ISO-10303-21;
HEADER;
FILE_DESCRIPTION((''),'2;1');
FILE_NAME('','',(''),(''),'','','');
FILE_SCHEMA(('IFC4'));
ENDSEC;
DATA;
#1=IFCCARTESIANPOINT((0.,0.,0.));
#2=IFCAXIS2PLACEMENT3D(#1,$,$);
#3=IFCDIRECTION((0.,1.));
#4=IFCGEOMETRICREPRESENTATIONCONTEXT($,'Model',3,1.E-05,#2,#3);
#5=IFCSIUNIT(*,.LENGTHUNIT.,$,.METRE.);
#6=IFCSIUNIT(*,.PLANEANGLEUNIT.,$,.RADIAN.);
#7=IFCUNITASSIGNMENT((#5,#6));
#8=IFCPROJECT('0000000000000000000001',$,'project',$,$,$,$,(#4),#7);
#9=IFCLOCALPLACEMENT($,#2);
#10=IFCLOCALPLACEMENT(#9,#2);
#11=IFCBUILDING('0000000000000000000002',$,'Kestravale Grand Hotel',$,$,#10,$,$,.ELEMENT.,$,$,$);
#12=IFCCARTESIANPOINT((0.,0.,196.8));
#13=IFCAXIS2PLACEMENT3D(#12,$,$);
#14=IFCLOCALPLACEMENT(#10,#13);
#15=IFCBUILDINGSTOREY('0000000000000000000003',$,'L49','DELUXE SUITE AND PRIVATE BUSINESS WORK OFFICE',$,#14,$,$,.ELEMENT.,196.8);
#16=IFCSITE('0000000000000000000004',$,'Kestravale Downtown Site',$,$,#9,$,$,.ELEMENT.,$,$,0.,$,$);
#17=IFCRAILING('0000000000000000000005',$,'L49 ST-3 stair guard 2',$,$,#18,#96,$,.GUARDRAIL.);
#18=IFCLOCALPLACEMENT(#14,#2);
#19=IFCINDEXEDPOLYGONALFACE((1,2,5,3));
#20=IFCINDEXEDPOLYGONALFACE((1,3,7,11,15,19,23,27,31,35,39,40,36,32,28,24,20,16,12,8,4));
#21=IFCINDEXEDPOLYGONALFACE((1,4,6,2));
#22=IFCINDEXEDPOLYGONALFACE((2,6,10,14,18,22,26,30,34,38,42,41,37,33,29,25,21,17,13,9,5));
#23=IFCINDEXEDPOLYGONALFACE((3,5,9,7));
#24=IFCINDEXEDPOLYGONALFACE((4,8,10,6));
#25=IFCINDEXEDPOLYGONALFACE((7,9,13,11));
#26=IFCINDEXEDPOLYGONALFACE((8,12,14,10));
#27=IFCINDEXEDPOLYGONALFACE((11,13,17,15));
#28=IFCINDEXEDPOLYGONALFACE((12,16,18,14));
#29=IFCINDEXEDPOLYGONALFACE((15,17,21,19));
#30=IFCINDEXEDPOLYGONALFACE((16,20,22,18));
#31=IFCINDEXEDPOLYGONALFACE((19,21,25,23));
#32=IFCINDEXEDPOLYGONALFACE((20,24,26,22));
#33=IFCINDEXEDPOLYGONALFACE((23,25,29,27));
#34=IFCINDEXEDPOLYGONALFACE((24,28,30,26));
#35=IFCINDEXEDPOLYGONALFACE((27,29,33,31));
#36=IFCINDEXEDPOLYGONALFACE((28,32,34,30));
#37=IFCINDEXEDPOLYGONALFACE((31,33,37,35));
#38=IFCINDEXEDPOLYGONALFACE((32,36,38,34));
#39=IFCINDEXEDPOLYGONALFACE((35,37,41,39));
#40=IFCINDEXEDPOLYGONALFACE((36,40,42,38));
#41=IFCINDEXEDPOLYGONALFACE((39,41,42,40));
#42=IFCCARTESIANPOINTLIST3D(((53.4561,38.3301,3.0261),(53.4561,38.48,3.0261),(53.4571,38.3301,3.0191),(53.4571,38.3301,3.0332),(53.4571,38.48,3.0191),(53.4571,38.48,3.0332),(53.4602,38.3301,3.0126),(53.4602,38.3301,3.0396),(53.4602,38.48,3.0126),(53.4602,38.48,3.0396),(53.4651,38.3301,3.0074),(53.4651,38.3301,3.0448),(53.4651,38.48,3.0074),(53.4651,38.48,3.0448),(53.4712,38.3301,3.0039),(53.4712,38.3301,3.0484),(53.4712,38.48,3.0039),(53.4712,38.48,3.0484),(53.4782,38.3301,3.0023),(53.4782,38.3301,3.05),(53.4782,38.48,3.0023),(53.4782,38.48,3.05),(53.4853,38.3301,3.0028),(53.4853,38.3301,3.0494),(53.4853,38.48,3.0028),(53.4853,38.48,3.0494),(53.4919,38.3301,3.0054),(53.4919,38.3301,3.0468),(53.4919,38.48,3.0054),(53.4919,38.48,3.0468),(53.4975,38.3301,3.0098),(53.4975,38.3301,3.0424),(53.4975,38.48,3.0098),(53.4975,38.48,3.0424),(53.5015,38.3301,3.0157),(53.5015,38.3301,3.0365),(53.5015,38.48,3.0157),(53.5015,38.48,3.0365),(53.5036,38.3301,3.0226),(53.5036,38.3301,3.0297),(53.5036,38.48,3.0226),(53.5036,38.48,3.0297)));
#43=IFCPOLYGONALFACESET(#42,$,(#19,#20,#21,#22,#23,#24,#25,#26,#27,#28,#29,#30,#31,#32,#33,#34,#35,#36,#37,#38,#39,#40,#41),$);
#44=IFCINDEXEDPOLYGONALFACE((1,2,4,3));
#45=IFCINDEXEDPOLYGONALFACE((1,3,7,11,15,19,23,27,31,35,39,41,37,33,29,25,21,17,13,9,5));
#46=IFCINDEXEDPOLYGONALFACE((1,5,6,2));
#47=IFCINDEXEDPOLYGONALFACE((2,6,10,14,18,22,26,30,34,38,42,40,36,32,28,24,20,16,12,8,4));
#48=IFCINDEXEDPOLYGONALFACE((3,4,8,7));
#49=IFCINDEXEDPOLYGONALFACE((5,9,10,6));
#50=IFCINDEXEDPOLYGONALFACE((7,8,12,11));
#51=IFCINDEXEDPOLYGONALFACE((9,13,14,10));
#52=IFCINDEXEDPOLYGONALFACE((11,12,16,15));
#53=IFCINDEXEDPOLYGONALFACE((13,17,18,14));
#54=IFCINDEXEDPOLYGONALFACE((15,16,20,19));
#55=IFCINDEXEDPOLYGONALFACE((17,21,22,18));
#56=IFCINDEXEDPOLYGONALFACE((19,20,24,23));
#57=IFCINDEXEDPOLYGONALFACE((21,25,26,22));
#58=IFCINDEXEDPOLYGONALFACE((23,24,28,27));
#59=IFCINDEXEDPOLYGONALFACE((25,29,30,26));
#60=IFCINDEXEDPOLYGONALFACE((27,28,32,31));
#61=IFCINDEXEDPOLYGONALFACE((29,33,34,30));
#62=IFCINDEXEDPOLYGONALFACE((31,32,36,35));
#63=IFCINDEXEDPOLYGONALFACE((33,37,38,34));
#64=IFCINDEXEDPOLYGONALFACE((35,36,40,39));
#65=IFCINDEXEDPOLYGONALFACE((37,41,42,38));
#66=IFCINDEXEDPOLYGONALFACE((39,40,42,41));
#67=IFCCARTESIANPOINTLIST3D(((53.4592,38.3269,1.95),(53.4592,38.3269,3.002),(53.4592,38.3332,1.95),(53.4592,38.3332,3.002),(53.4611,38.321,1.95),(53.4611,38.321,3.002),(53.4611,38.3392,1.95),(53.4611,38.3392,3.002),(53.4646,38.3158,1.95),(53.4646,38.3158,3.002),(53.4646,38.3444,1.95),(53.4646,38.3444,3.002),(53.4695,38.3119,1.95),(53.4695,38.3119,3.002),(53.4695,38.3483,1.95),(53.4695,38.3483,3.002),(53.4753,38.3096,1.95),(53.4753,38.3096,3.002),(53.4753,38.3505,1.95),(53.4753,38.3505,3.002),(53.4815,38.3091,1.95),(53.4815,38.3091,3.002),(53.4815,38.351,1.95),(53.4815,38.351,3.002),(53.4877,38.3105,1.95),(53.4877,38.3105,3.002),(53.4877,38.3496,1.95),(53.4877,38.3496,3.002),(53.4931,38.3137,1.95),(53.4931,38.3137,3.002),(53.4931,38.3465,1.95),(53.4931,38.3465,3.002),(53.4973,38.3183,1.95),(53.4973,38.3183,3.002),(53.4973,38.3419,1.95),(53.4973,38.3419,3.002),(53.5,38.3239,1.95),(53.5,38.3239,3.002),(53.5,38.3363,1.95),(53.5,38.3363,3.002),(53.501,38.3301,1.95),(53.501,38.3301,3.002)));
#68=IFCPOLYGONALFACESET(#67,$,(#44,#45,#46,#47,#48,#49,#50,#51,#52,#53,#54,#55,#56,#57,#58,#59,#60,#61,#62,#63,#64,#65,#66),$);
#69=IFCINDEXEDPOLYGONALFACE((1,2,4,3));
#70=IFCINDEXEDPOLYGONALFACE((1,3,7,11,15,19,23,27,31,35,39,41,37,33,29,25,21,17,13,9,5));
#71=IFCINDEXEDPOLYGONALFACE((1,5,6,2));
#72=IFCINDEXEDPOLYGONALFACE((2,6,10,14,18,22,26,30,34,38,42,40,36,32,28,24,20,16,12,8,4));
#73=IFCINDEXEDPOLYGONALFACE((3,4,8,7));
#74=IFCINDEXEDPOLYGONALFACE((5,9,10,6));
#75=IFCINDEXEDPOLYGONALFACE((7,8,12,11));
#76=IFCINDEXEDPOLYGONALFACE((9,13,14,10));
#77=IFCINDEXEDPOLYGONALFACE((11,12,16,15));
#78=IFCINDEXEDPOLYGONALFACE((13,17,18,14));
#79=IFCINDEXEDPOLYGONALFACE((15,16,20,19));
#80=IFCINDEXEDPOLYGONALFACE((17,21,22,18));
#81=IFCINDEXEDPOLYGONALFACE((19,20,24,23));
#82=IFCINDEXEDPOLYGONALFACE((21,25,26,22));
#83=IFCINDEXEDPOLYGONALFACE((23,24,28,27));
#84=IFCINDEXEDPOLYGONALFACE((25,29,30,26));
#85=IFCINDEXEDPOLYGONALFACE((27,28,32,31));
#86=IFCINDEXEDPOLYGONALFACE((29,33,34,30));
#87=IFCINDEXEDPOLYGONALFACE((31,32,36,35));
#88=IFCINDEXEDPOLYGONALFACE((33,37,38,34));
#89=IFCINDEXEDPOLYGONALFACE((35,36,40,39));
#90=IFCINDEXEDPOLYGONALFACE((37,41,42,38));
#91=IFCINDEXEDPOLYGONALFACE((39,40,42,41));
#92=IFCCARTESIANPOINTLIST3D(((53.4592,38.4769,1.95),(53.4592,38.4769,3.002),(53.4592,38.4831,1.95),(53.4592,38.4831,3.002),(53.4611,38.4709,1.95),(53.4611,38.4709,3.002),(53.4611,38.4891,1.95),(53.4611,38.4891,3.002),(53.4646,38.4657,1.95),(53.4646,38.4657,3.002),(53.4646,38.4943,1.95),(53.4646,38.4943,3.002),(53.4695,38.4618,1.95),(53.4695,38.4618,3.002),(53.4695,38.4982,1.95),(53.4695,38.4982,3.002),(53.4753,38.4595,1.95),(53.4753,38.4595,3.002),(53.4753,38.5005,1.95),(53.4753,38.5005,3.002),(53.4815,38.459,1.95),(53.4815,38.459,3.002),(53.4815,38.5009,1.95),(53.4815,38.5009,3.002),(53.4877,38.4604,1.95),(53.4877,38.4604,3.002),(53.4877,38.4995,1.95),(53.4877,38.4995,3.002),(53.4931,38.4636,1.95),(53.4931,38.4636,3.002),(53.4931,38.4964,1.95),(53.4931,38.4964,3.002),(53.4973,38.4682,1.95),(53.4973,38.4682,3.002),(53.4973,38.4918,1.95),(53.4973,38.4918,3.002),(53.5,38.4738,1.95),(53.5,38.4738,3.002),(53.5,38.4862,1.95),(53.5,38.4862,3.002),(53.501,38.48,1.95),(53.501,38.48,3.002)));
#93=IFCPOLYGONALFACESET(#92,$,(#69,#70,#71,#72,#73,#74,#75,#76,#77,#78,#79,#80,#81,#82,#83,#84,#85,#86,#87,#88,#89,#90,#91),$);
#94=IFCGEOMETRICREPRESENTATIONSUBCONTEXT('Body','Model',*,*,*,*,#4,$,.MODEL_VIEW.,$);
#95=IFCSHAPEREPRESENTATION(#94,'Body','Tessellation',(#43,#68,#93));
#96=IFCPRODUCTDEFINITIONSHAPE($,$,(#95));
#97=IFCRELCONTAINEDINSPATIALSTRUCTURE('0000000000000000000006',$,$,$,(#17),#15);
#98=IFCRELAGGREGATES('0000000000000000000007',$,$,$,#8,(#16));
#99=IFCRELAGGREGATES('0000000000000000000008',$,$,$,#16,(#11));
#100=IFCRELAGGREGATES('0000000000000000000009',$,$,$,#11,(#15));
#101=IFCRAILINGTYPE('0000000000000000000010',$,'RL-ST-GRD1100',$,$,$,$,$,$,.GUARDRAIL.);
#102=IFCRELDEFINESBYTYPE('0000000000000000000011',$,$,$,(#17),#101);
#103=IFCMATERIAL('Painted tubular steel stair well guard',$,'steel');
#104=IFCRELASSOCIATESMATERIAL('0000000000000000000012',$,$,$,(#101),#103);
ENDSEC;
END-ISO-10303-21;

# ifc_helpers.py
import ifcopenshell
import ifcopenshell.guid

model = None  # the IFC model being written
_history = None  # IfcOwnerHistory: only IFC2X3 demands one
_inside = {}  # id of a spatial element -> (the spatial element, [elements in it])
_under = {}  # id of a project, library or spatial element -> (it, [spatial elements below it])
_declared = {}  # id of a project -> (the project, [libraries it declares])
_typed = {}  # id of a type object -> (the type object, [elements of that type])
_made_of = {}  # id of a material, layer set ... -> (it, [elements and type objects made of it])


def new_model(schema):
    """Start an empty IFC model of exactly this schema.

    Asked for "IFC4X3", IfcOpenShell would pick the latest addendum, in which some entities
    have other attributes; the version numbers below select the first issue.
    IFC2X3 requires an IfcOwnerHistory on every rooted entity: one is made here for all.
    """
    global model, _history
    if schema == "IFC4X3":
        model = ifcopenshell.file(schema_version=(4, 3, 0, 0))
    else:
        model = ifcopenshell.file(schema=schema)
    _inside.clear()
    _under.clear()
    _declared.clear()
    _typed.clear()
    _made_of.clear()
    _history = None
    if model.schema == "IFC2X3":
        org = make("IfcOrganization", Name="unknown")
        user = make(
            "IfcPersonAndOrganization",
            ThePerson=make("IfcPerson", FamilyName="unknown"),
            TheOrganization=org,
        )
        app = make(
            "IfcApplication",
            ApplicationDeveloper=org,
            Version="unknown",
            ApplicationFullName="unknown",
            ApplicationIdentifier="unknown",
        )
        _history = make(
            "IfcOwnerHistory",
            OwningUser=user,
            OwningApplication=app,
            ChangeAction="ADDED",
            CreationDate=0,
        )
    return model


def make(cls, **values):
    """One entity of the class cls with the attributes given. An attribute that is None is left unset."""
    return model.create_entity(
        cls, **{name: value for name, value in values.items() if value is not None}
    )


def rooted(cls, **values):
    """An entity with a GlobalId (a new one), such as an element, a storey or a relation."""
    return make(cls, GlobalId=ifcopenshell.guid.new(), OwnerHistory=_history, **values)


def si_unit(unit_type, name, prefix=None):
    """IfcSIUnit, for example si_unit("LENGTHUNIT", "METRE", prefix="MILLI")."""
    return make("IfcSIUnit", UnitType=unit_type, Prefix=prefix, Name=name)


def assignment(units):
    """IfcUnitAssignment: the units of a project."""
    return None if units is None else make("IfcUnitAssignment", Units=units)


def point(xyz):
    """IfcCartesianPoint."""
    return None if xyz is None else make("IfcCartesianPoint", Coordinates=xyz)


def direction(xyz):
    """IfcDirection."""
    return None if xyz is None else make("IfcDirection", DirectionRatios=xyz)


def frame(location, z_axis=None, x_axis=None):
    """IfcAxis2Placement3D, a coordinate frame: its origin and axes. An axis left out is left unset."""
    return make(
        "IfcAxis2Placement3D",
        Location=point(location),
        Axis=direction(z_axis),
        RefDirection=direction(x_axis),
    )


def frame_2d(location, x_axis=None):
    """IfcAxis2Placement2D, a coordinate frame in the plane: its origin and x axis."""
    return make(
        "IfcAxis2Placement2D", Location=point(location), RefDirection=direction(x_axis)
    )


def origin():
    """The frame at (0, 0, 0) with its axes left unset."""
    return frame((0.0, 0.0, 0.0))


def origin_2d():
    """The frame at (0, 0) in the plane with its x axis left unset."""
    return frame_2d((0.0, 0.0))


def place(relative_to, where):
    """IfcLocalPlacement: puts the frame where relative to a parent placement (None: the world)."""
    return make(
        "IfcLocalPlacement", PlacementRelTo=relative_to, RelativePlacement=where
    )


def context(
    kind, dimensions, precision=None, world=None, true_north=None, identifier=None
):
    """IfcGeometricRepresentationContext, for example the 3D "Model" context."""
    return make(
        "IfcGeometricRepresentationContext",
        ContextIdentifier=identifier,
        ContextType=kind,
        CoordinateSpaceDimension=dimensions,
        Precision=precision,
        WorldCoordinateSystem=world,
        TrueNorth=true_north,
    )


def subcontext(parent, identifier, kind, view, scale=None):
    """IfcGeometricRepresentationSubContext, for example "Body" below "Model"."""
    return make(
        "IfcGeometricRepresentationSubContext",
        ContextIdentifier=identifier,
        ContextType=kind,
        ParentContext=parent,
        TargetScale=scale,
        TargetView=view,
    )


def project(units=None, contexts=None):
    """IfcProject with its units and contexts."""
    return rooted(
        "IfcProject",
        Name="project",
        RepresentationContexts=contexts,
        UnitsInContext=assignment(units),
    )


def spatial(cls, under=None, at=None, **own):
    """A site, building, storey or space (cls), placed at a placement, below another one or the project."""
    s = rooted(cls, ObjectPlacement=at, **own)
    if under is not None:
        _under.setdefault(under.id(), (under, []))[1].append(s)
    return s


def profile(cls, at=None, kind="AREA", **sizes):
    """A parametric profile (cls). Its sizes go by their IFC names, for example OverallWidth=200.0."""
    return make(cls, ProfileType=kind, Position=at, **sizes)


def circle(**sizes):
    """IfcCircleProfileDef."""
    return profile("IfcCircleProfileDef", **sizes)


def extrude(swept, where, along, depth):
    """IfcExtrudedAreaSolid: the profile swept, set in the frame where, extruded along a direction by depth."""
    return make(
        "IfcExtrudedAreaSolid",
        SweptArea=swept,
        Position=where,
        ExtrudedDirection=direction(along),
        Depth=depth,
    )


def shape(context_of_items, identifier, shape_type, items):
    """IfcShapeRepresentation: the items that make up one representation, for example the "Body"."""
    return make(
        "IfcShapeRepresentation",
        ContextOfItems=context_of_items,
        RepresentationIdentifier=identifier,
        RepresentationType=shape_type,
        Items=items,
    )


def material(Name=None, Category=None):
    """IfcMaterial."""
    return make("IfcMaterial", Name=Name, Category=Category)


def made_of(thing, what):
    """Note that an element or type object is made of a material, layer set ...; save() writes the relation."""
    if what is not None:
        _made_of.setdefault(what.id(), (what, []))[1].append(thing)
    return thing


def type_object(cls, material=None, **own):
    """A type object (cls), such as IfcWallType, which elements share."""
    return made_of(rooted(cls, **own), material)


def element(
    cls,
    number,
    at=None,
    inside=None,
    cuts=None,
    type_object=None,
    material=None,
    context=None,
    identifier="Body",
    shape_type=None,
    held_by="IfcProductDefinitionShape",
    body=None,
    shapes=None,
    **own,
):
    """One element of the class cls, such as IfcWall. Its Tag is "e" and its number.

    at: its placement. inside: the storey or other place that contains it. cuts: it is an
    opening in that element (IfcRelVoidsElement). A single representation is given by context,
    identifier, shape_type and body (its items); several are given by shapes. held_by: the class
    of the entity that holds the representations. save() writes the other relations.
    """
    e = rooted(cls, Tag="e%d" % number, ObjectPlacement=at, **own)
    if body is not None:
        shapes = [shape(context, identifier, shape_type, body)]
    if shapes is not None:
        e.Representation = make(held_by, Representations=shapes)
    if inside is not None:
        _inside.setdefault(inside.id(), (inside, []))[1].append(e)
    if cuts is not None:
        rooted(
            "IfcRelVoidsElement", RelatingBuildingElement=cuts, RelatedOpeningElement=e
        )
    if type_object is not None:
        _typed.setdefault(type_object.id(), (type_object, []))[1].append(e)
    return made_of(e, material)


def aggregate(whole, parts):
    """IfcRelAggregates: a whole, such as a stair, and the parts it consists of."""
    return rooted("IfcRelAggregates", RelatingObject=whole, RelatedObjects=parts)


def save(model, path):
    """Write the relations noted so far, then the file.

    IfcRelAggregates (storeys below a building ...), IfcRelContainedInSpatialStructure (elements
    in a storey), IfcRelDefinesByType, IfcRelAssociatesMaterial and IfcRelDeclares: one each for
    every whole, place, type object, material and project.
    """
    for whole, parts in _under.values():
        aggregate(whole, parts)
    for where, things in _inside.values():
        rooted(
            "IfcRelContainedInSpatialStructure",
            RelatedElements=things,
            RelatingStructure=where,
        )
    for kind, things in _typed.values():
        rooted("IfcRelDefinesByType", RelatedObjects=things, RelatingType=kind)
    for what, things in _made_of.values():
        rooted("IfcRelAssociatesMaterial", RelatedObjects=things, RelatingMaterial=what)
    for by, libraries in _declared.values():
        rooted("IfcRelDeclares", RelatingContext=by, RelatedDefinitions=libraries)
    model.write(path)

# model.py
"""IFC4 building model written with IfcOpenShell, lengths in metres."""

from ifc_helpers import new_model, si_unit, direction, frame, origin, origin_2d, place, context, subcontext, project, spatial, circle, extrude, material, type_object, element, save


model = new_model("IFC4")

# Units and contexts
model_context = context("Model", 3, precision=1e-05, world=origin(), true_north=direction((0.0, 1.0)))
body_context = subcontext(model_context, "Body", "Model", "MODEL_VIEW")
ifc_project = project(units=[si_unit("LENGTHUNIT", "METRE"), si_unit("PLANEANGLEUNIT", "RADIAN")], contexts=[model_context])

# Site, building, storey
site_placement = place(None, origin())
site = spatial("IfcSite", under=ifc_project, at=site_placement, Name="Kestravale Downtown Site", CompositionType="ELEMENT", RefElevation=0.0)
building_placement = place(site_placement, origin())
building = spatial("IfcBuilding", under=site, at=building_placement, Name="Kestravale Grand Hotel", CompositionType="ELEMENT")
storey_placement = place(building_placement, frame((0.0, 0.0, 196.8)))
storey = spatial("IfcBuildingStorey", under=building, at=storey_placement, Name="L49", Description="DELUXE SUITE AND PRIVATE BUSINESS WORK OFFICE", CompositionType="ELEMENT", Elevation=196.8)

# Railing
ifc_material_1 = material(Name="Painted tubular steel stair well guard", Category="steel")
railing_type_1 = type_object("IfcRailingType", Name="RL-ST-GRD1100", PredefinedType="GUARDRAIL", material=ifc_material_1)
railing_1_placement = place(storey_placement, frame((53.48, 38.3301, 1.95)))
element("IfcRailing", 1, at=railing_1_placement, inside=storey, type_object=railing_type_1, Name="L49 ST-3 stair guard 2", PredefinedType="GUARDRAIL", context=body_context, shape_type="SweptSolid", body=[
    extrude(circle(Radius=0.0239, at=origin_2d()), frame((0.0, 0.0, 1.0762), z_axis=(0.0, 1.0, 0.0), x_axis=(-1.0, 0.0, 0.0)), (0.0, 0.0, 1.0), 0.1499),
    extrude(circle(Radius=0.021, at=origin_2d()), origin(), (0.0, 0.0, 1.0), 1.052),
    extrude(circle(Radius=0.021, at=origin_2d()), frame((0.0, 0.1499, 0.0)), (0.0, 0.0, 1.0), 1.052),
])

save(model, "model.ifc")
